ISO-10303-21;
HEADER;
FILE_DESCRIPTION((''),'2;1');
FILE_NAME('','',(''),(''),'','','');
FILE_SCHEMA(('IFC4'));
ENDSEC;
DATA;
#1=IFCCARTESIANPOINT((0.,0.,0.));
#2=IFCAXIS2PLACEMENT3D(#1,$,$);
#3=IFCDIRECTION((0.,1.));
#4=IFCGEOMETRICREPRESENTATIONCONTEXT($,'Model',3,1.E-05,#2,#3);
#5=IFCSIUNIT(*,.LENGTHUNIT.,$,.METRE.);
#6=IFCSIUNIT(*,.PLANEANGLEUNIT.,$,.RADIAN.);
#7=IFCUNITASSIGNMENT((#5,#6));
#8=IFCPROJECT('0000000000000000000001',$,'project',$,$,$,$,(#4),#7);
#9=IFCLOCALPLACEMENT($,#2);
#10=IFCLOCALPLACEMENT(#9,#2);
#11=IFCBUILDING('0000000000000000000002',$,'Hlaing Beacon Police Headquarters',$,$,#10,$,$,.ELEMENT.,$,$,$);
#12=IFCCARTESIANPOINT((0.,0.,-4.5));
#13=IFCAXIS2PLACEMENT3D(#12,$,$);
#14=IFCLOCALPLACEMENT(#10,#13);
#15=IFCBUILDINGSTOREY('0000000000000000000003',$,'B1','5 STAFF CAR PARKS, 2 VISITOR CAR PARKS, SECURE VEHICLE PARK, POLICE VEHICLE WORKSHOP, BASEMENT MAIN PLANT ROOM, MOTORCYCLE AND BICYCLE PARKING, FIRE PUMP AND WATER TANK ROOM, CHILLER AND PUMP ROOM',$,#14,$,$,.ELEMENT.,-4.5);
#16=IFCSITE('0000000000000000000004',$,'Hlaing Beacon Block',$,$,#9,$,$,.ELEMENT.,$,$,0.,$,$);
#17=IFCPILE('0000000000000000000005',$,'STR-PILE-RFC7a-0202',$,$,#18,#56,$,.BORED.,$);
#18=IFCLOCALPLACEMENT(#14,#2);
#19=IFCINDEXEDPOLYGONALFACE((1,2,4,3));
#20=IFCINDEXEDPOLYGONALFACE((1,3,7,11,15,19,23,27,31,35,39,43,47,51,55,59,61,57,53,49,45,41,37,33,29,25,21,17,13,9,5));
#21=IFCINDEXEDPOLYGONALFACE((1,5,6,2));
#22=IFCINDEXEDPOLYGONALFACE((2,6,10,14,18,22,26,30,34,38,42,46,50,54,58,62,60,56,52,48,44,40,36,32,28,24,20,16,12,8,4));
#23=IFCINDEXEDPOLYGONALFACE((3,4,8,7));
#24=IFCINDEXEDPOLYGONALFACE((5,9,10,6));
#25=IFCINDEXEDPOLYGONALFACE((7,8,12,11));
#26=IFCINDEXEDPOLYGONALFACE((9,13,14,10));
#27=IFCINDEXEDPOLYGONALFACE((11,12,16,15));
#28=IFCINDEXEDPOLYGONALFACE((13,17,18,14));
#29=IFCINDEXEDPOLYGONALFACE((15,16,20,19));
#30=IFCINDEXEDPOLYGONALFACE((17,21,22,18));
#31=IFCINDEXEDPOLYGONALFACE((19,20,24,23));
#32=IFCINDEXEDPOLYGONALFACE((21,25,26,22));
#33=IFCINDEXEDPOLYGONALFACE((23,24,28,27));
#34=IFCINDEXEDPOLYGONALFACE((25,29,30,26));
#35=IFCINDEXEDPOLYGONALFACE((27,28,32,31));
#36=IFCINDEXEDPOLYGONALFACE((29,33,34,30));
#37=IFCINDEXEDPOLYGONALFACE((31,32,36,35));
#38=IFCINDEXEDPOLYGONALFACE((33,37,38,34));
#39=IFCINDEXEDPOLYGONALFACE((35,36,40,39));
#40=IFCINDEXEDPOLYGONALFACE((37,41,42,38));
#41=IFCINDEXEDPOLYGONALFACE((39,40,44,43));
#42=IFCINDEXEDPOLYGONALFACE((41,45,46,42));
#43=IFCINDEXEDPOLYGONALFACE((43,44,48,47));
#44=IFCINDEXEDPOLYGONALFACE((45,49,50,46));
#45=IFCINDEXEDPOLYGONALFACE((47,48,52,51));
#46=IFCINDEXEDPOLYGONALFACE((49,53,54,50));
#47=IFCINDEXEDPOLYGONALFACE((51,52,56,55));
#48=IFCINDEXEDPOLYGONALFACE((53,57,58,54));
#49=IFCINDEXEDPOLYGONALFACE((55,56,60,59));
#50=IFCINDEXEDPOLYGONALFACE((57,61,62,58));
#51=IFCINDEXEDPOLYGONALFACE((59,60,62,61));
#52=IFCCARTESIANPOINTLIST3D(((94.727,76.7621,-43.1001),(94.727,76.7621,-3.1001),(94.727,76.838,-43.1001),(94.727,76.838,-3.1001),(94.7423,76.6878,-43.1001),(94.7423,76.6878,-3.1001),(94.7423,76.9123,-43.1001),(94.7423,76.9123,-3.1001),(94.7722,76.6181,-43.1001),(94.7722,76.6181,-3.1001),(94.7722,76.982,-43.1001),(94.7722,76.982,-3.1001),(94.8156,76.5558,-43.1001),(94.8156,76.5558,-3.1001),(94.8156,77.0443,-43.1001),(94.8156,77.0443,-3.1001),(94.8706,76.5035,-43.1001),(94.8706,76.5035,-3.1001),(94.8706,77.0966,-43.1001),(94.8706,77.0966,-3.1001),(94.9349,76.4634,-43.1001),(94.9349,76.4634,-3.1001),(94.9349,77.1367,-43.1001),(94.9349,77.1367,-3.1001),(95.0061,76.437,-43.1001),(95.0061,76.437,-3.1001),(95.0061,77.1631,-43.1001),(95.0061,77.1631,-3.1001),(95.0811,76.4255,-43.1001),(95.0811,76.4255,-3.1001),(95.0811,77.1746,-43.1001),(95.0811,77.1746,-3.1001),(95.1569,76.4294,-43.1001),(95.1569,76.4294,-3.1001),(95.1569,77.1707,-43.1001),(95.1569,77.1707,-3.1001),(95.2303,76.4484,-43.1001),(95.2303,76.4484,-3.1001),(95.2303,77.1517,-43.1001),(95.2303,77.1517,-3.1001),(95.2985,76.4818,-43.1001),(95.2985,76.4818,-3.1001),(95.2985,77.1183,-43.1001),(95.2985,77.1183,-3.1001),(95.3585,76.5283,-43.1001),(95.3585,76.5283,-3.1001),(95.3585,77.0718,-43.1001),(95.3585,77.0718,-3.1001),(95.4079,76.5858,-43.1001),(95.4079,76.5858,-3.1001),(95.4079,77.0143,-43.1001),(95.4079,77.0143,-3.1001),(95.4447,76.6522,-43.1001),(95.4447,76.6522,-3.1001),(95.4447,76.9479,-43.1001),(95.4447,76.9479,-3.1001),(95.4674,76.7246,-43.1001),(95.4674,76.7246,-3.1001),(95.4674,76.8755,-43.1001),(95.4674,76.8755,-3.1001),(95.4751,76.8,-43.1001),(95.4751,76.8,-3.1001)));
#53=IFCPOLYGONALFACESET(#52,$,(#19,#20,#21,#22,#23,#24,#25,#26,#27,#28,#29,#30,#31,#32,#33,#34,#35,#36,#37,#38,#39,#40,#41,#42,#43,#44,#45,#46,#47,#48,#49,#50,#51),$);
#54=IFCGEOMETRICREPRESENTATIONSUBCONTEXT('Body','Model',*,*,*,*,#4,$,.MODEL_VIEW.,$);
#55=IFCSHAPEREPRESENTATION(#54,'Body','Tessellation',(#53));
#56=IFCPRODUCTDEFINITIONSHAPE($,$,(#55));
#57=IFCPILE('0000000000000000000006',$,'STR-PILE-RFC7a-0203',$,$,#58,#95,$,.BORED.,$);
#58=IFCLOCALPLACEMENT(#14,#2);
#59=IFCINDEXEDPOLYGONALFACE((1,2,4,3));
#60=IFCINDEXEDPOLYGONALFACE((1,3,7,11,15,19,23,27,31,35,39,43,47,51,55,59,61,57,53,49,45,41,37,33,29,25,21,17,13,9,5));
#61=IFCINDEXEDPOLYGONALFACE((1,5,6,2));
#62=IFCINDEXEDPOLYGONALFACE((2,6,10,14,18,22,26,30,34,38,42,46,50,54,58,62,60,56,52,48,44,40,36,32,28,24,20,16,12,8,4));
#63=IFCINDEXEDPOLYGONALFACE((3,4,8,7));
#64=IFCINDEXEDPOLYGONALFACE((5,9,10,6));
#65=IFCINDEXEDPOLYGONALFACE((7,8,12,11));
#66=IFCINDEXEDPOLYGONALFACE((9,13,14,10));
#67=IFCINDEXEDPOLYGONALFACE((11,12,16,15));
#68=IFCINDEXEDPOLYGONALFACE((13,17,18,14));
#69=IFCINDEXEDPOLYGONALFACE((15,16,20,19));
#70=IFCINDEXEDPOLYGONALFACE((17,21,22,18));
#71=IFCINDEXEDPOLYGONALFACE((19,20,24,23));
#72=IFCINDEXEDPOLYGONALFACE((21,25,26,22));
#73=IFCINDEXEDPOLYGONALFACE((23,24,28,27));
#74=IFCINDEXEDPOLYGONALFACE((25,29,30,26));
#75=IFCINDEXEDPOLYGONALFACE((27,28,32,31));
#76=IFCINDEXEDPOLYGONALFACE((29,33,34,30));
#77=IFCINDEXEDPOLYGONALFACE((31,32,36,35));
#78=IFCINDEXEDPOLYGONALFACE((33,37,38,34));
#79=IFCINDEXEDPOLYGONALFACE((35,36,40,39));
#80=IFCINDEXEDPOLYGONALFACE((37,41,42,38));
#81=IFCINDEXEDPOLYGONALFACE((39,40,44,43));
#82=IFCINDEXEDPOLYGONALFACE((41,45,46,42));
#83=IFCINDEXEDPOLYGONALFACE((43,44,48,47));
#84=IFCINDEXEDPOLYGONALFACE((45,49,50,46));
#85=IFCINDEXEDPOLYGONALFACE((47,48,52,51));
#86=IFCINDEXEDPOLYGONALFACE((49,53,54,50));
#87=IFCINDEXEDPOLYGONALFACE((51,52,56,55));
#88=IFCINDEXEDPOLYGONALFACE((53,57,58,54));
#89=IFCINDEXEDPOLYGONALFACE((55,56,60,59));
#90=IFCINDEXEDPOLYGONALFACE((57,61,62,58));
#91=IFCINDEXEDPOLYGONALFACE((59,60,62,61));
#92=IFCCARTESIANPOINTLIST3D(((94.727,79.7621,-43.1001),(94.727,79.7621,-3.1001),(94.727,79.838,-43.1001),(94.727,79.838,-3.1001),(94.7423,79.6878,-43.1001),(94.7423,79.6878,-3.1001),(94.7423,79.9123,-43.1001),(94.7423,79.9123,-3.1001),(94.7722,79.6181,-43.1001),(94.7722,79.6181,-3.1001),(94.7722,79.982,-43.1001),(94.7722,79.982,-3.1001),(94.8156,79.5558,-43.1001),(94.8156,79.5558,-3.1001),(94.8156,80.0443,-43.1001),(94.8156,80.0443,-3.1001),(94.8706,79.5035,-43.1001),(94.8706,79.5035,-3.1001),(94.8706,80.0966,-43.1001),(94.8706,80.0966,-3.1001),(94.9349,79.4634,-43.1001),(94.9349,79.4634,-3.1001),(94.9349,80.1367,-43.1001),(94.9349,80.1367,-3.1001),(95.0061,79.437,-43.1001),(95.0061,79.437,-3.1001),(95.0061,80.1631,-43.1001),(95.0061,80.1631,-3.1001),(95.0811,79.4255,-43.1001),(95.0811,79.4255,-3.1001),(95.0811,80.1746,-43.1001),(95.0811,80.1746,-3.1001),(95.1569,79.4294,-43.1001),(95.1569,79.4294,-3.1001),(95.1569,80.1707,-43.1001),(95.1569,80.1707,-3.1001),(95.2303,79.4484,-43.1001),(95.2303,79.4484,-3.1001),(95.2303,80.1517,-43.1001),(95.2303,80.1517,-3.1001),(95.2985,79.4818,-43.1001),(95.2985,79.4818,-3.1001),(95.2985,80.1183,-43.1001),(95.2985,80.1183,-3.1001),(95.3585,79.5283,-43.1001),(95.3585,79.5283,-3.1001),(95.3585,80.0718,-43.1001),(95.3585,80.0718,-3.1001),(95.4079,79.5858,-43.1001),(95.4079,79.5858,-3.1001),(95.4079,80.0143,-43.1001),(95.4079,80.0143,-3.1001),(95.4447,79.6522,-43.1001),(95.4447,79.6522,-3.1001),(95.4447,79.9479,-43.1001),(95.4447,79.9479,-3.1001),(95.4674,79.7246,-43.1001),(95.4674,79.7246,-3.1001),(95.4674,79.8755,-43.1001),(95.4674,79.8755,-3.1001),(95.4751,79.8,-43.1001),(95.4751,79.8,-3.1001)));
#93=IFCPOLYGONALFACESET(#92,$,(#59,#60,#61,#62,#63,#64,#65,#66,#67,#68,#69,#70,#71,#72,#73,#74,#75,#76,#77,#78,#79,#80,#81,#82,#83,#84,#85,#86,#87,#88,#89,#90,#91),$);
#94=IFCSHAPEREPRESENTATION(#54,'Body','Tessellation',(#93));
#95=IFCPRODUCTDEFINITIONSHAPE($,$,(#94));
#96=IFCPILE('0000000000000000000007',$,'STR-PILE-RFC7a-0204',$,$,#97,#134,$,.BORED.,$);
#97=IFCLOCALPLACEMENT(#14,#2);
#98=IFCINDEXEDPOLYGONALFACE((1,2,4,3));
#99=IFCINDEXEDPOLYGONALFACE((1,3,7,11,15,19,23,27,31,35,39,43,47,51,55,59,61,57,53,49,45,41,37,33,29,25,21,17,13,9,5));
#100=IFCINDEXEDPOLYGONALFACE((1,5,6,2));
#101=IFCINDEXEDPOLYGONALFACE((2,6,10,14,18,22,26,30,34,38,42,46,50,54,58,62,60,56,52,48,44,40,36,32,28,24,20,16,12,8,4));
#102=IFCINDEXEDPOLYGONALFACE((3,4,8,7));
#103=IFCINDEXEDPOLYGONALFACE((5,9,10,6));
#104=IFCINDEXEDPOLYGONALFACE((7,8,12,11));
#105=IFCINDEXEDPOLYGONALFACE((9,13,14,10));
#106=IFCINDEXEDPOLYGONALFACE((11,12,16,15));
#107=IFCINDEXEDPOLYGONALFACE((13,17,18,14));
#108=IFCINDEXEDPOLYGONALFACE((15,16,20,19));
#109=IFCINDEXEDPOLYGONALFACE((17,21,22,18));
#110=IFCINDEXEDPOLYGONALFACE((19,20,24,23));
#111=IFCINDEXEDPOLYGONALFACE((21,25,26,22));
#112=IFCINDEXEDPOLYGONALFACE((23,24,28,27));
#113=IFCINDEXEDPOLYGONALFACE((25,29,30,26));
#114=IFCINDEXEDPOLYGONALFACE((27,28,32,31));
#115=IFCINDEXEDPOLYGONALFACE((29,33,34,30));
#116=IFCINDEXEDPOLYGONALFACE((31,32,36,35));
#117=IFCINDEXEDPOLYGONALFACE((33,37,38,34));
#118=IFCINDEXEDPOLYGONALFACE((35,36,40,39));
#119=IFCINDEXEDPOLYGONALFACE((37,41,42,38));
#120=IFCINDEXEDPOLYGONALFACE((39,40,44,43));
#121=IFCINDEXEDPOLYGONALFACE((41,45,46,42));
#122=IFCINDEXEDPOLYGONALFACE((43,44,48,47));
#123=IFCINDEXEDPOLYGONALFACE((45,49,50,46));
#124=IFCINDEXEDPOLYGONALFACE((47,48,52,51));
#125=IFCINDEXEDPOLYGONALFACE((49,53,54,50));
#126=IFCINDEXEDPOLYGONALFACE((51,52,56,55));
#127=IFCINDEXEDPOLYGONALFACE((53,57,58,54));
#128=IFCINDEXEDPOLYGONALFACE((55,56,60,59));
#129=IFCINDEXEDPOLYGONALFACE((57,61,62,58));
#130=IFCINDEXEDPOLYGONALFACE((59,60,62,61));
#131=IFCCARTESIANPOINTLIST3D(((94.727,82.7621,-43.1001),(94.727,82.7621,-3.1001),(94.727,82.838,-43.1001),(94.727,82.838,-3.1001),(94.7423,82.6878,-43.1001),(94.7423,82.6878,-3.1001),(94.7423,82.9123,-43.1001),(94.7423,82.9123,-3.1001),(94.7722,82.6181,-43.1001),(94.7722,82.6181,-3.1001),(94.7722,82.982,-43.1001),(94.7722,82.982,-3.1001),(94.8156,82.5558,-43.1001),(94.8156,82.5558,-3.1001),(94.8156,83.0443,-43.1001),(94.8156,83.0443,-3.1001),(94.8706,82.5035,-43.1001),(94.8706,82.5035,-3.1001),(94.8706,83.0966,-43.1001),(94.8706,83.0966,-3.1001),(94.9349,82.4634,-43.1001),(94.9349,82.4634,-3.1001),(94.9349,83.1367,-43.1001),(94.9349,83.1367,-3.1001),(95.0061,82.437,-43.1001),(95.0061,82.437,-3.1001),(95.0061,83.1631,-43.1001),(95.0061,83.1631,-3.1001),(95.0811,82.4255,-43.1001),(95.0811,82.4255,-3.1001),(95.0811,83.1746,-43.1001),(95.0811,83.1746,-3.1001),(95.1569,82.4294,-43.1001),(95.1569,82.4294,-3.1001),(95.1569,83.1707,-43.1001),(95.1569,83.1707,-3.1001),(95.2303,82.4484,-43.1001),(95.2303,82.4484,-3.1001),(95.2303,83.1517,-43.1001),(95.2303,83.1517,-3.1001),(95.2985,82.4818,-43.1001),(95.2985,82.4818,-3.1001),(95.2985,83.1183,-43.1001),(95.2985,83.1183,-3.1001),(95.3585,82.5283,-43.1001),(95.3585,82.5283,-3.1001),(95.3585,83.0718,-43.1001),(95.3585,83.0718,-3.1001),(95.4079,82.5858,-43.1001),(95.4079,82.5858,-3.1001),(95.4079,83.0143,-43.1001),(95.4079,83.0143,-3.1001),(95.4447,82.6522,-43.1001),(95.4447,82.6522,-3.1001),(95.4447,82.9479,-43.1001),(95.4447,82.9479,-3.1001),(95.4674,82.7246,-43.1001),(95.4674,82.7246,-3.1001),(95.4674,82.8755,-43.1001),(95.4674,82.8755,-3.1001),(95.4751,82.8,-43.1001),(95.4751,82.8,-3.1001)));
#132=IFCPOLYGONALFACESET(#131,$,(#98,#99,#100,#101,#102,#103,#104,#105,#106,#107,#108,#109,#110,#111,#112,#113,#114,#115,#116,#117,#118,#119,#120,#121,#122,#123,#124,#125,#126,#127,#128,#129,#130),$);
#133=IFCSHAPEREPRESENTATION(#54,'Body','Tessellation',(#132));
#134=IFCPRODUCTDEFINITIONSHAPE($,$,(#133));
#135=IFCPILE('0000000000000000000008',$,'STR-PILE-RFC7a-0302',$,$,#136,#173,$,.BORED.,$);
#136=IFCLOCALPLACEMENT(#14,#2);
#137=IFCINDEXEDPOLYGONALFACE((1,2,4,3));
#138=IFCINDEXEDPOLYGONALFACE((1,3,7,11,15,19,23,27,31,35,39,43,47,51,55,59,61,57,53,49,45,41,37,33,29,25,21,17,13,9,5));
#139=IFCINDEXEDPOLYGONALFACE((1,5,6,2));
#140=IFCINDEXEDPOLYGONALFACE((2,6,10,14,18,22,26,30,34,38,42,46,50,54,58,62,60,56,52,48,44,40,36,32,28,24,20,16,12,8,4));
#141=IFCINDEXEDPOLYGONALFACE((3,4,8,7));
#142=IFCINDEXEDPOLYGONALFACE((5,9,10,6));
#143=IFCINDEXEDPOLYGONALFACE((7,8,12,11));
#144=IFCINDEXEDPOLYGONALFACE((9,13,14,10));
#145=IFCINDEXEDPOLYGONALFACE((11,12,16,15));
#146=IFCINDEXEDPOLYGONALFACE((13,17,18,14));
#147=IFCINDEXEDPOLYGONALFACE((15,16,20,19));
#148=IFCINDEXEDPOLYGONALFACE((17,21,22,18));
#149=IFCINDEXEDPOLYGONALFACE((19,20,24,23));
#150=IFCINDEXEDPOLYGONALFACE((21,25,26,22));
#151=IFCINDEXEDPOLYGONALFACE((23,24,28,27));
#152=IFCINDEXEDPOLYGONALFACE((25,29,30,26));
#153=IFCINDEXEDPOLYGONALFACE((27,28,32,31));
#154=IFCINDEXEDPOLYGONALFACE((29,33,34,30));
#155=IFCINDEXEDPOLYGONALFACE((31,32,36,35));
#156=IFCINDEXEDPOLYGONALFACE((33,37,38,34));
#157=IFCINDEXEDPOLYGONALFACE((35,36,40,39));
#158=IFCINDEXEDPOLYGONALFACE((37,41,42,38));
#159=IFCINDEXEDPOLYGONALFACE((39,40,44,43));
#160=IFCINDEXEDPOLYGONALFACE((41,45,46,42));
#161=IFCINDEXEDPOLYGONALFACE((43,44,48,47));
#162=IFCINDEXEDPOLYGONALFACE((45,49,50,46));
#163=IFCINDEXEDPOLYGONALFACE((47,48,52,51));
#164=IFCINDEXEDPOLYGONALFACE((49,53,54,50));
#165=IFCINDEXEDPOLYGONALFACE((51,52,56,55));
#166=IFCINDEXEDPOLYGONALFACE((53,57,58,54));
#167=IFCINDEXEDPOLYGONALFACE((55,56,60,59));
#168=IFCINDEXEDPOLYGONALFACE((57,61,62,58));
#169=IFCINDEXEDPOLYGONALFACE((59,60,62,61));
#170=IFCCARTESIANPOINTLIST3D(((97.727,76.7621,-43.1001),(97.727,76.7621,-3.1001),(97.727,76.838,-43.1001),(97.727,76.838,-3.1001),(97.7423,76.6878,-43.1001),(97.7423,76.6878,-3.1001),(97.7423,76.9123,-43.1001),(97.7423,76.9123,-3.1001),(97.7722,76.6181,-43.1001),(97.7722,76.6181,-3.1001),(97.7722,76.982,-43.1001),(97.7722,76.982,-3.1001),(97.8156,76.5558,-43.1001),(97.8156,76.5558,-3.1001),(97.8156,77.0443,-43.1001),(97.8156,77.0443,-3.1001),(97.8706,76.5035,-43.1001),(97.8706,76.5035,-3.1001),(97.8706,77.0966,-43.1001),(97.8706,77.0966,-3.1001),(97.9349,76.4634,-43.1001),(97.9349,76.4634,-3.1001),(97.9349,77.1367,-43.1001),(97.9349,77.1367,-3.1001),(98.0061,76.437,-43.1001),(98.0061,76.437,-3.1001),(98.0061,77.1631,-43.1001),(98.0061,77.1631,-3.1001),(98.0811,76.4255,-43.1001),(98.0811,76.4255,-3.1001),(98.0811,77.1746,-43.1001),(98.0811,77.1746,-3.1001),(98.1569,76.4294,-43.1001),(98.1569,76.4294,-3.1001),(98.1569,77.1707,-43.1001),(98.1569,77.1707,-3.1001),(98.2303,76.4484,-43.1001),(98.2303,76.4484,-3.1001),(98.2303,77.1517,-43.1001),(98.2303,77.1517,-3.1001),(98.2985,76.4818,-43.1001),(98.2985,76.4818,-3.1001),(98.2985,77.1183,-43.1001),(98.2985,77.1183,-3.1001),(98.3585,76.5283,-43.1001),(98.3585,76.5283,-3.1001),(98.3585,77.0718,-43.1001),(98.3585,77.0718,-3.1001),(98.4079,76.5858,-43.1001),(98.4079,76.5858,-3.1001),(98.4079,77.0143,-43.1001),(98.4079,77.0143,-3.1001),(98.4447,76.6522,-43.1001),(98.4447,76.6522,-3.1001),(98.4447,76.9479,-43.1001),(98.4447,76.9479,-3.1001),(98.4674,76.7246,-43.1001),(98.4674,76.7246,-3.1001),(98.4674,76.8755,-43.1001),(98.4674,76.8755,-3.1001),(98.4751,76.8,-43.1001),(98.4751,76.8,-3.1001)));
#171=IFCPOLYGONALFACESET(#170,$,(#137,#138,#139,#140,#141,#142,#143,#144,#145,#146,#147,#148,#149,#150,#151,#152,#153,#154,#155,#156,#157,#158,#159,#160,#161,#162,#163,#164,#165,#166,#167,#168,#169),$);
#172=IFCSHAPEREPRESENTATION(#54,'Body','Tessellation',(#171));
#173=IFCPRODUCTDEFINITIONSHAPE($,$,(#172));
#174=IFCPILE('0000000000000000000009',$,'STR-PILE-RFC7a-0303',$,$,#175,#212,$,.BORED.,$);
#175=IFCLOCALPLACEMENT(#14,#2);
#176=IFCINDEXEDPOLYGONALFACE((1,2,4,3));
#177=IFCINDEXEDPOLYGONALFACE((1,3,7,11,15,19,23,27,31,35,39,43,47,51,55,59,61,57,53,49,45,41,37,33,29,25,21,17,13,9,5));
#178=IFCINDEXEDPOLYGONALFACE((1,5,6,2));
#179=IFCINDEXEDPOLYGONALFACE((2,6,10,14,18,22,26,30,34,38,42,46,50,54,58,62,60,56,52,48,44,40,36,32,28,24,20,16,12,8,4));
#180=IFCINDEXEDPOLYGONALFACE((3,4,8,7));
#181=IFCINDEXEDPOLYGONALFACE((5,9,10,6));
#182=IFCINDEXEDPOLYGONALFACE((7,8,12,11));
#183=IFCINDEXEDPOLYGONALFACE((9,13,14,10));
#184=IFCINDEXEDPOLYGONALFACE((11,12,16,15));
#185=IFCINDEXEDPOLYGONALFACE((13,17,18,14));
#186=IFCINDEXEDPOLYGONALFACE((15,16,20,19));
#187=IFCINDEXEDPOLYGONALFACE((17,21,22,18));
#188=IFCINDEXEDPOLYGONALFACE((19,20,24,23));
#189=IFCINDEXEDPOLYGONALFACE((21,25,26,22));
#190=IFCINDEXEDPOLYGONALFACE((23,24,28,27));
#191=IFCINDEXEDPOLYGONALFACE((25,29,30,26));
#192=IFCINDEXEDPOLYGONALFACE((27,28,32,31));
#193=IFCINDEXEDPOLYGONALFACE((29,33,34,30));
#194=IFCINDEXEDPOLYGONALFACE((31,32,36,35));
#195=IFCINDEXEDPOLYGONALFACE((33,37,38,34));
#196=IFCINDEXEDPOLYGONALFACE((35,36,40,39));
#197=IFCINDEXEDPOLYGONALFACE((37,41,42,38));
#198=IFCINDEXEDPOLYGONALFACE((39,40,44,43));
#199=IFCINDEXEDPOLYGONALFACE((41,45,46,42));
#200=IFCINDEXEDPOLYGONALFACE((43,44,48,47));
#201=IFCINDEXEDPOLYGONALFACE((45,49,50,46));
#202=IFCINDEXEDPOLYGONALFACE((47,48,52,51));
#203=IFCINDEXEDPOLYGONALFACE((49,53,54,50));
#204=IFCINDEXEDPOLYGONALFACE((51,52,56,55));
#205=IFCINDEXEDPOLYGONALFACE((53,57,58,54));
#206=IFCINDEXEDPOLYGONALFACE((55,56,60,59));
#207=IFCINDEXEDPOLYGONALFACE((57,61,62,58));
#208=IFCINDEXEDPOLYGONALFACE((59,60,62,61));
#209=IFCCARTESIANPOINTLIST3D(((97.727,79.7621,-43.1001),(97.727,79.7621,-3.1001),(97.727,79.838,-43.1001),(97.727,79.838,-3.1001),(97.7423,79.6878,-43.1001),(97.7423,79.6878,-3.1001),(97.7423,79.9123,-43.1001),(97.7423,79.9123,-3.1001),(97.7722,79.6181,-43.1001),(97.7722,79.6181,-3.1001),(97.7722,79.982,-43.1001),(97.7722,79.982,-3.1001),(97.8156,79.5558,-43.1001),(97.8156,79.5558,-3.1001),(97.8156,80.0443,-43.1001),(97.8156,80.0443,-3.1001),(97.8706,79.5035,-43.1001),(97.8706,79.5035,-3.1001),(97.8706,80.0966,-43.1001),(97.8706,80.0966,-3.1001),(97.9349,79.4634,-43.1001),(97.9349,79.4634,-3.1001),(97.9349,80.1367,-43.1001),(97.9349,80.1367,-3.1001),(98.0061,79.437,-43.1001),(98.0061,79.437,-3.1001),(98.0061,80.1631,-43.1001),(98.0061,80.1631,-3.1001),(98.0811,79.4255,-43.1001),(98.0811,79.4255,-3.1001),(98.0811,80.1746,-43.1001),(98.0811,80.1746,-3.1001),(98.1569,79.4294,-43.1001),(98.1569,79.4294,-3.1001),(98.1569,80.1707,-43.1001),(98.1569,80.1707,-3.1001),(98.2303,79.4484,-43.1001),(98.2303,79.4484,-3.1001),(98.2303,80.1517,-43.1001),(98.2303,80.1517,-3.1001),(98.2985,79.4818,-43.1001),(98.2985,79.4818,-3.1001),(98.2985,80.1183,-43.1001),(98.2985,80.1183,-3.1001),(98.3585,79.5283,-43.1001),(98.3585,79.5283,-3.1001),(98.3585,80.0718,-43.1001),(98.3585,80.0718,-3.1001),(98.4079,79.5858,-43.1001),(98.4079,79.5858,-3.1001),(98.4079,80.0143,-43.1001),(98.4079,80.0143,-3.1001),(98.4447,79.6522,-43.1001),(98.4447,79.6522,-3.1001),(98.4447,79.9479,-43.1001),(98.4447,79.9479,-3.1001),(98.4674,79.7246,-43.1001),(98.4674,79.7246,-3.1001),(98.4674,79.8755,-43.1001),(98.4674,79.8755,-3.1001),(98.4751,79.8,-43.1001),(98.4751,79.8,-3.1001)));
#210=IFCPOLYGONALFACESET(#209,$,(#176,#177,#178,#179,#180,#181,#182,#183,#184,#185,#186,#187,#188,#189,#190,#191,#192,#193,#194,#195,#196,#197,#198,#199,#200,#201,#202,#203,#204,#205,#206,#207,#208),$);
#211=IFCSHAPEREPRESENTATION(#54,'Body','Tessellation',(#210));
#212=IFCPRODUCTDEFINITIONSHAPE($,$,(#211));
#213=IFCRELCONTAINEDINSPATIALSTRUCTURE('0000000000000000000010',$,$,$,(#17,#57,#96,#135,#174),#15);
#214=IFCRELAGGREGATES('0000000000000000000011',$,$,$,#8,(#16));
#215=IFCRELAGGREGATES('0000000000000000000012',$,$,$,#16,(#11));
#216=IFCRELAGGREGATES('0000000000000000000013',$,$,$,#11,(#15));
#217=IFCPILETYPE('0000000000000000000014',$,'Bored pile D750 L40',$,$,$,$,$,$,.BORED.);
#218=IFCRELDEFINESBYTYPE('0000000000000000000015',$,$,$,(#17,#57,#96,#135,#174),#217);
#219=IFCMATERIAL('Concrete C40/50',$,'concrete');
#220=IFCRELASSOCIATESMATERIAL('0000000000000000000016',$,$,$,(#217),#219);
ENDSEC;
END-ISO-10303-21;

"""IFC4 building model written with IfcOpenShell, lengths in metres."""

from ifc_helpers import new_model, si_unit, direction, frame, origin, origin_2d, place, context, subcontext, project, spatial, circle, extrude, material, material_profile, profile_set, type_object, element, save


model = new_model("IFC4")

# Units and contexts
model_context = context("Model", 3, precision=1e-05, world=origin(), true_north=direction((0.0, 1.0)))
body_context = subcontext(model_context, "Body", "Model", "MODEL_VIEW")
ifc_project = project(units=[si_unit("LENGTHUNIT", "METRE"), si_unit("PLANEANGLEUNIT", "RADIAN")], contexts=[model_context])

# Site, building, storey
site_placement = place(None, origin())
site = spatial("IfcSite", under=ifc_project, at=site_placement, Name="Hlaing Beacon Block", CompositionType="ELEMENT", RefElevation=0.0)
building_placement = place(site_placement, origin())
building = spatial("IfcBuilding", under=site, at=building_placement, Name="Hlaing Beacon Police Headquarters", CompositionType="ELEMENT")
storey_placement = place(building_placement, frame((0.0, 0.0, -4.5)))
storey = spatial("IfcBuildingStorey", under=building, at=storey_placement, Name="B1", Description="5 STAFF CAR PARKS, 2 VISITOR CAR PARKS, SECURE VEHICLE PARK, POLICE VEHICLE WORKSHOP, BASEMENT MAIN PLANT ROOM, MOTORCYCLE AND BICYCLE PARKING, FIRE PUMP AND WATER TANK ROOM, CHILLER AND PUMP ROOM", CompositionType="ELEMENT", Elevation=-4.5)

# Piles
ifc_material_1 = material(Name="Concrete C40/50", Category="concrete")
ifc_material_profile_1 = material_profile(ifc_material_1, circle(Radius=0.375, at=origin_2d()), Name="D750")
ifc_profile_set_1 = profile_set([ifc_material_profile_1], Name="Concrete C40/50")
pile_type_1 = type_object("IfcPileType", Name="Bored pile D750 L40", PredefinedType="BORED", material=ifc_profile_set_1)
for number, where, z_axis, x_axis, name in (
    (1, (95.1001, 76.8, -3.1001), (0.0, 0.0, -1.0), (1.0, 0.0, 0.0), "STR-PILE-RFC7a-0202"),
    (2, (95.1001, 79.8, -3.1001), (0.0, 0.0, -1.0), (1.0, 0.0, 0.0), "STR-PILE-RFC7a-0203"),
    (3, (95.1001, 82.8, -3.1001), (0.0, 0.0, -1.0), (1.0, 0.0, 0.0), "STR-PILE-RFC7a-0204"),
    (4, (98.1001, 76.8, -3.1001), (0.0, 0.0, -1.0), (1.0, 0.0, 0.0), "STR-PILE-RFC7a-0302"),
    (5, (98.1001, 79.8, -3.1001), (0.0, 0.0, -1.0), (1.0, 0.0, 0.0), "STR-PILE-RFC7a-0303"),
):
    element("IfcPile", number, at=place(storey_placement, frame(where, z_axis=z_axis, x_axis=x_axis)), inside=storey, type_object=pile_type_1, Name=name, PredefinedType="BORED", context=body_context, shape_type="SweptSolid", body=[
        extrude(circle(Radius=0.375, at=origin_2d()), origin(), (0.0, 0.0, 1.0), 40.0),
    ])

save(model, "model.ifc")
